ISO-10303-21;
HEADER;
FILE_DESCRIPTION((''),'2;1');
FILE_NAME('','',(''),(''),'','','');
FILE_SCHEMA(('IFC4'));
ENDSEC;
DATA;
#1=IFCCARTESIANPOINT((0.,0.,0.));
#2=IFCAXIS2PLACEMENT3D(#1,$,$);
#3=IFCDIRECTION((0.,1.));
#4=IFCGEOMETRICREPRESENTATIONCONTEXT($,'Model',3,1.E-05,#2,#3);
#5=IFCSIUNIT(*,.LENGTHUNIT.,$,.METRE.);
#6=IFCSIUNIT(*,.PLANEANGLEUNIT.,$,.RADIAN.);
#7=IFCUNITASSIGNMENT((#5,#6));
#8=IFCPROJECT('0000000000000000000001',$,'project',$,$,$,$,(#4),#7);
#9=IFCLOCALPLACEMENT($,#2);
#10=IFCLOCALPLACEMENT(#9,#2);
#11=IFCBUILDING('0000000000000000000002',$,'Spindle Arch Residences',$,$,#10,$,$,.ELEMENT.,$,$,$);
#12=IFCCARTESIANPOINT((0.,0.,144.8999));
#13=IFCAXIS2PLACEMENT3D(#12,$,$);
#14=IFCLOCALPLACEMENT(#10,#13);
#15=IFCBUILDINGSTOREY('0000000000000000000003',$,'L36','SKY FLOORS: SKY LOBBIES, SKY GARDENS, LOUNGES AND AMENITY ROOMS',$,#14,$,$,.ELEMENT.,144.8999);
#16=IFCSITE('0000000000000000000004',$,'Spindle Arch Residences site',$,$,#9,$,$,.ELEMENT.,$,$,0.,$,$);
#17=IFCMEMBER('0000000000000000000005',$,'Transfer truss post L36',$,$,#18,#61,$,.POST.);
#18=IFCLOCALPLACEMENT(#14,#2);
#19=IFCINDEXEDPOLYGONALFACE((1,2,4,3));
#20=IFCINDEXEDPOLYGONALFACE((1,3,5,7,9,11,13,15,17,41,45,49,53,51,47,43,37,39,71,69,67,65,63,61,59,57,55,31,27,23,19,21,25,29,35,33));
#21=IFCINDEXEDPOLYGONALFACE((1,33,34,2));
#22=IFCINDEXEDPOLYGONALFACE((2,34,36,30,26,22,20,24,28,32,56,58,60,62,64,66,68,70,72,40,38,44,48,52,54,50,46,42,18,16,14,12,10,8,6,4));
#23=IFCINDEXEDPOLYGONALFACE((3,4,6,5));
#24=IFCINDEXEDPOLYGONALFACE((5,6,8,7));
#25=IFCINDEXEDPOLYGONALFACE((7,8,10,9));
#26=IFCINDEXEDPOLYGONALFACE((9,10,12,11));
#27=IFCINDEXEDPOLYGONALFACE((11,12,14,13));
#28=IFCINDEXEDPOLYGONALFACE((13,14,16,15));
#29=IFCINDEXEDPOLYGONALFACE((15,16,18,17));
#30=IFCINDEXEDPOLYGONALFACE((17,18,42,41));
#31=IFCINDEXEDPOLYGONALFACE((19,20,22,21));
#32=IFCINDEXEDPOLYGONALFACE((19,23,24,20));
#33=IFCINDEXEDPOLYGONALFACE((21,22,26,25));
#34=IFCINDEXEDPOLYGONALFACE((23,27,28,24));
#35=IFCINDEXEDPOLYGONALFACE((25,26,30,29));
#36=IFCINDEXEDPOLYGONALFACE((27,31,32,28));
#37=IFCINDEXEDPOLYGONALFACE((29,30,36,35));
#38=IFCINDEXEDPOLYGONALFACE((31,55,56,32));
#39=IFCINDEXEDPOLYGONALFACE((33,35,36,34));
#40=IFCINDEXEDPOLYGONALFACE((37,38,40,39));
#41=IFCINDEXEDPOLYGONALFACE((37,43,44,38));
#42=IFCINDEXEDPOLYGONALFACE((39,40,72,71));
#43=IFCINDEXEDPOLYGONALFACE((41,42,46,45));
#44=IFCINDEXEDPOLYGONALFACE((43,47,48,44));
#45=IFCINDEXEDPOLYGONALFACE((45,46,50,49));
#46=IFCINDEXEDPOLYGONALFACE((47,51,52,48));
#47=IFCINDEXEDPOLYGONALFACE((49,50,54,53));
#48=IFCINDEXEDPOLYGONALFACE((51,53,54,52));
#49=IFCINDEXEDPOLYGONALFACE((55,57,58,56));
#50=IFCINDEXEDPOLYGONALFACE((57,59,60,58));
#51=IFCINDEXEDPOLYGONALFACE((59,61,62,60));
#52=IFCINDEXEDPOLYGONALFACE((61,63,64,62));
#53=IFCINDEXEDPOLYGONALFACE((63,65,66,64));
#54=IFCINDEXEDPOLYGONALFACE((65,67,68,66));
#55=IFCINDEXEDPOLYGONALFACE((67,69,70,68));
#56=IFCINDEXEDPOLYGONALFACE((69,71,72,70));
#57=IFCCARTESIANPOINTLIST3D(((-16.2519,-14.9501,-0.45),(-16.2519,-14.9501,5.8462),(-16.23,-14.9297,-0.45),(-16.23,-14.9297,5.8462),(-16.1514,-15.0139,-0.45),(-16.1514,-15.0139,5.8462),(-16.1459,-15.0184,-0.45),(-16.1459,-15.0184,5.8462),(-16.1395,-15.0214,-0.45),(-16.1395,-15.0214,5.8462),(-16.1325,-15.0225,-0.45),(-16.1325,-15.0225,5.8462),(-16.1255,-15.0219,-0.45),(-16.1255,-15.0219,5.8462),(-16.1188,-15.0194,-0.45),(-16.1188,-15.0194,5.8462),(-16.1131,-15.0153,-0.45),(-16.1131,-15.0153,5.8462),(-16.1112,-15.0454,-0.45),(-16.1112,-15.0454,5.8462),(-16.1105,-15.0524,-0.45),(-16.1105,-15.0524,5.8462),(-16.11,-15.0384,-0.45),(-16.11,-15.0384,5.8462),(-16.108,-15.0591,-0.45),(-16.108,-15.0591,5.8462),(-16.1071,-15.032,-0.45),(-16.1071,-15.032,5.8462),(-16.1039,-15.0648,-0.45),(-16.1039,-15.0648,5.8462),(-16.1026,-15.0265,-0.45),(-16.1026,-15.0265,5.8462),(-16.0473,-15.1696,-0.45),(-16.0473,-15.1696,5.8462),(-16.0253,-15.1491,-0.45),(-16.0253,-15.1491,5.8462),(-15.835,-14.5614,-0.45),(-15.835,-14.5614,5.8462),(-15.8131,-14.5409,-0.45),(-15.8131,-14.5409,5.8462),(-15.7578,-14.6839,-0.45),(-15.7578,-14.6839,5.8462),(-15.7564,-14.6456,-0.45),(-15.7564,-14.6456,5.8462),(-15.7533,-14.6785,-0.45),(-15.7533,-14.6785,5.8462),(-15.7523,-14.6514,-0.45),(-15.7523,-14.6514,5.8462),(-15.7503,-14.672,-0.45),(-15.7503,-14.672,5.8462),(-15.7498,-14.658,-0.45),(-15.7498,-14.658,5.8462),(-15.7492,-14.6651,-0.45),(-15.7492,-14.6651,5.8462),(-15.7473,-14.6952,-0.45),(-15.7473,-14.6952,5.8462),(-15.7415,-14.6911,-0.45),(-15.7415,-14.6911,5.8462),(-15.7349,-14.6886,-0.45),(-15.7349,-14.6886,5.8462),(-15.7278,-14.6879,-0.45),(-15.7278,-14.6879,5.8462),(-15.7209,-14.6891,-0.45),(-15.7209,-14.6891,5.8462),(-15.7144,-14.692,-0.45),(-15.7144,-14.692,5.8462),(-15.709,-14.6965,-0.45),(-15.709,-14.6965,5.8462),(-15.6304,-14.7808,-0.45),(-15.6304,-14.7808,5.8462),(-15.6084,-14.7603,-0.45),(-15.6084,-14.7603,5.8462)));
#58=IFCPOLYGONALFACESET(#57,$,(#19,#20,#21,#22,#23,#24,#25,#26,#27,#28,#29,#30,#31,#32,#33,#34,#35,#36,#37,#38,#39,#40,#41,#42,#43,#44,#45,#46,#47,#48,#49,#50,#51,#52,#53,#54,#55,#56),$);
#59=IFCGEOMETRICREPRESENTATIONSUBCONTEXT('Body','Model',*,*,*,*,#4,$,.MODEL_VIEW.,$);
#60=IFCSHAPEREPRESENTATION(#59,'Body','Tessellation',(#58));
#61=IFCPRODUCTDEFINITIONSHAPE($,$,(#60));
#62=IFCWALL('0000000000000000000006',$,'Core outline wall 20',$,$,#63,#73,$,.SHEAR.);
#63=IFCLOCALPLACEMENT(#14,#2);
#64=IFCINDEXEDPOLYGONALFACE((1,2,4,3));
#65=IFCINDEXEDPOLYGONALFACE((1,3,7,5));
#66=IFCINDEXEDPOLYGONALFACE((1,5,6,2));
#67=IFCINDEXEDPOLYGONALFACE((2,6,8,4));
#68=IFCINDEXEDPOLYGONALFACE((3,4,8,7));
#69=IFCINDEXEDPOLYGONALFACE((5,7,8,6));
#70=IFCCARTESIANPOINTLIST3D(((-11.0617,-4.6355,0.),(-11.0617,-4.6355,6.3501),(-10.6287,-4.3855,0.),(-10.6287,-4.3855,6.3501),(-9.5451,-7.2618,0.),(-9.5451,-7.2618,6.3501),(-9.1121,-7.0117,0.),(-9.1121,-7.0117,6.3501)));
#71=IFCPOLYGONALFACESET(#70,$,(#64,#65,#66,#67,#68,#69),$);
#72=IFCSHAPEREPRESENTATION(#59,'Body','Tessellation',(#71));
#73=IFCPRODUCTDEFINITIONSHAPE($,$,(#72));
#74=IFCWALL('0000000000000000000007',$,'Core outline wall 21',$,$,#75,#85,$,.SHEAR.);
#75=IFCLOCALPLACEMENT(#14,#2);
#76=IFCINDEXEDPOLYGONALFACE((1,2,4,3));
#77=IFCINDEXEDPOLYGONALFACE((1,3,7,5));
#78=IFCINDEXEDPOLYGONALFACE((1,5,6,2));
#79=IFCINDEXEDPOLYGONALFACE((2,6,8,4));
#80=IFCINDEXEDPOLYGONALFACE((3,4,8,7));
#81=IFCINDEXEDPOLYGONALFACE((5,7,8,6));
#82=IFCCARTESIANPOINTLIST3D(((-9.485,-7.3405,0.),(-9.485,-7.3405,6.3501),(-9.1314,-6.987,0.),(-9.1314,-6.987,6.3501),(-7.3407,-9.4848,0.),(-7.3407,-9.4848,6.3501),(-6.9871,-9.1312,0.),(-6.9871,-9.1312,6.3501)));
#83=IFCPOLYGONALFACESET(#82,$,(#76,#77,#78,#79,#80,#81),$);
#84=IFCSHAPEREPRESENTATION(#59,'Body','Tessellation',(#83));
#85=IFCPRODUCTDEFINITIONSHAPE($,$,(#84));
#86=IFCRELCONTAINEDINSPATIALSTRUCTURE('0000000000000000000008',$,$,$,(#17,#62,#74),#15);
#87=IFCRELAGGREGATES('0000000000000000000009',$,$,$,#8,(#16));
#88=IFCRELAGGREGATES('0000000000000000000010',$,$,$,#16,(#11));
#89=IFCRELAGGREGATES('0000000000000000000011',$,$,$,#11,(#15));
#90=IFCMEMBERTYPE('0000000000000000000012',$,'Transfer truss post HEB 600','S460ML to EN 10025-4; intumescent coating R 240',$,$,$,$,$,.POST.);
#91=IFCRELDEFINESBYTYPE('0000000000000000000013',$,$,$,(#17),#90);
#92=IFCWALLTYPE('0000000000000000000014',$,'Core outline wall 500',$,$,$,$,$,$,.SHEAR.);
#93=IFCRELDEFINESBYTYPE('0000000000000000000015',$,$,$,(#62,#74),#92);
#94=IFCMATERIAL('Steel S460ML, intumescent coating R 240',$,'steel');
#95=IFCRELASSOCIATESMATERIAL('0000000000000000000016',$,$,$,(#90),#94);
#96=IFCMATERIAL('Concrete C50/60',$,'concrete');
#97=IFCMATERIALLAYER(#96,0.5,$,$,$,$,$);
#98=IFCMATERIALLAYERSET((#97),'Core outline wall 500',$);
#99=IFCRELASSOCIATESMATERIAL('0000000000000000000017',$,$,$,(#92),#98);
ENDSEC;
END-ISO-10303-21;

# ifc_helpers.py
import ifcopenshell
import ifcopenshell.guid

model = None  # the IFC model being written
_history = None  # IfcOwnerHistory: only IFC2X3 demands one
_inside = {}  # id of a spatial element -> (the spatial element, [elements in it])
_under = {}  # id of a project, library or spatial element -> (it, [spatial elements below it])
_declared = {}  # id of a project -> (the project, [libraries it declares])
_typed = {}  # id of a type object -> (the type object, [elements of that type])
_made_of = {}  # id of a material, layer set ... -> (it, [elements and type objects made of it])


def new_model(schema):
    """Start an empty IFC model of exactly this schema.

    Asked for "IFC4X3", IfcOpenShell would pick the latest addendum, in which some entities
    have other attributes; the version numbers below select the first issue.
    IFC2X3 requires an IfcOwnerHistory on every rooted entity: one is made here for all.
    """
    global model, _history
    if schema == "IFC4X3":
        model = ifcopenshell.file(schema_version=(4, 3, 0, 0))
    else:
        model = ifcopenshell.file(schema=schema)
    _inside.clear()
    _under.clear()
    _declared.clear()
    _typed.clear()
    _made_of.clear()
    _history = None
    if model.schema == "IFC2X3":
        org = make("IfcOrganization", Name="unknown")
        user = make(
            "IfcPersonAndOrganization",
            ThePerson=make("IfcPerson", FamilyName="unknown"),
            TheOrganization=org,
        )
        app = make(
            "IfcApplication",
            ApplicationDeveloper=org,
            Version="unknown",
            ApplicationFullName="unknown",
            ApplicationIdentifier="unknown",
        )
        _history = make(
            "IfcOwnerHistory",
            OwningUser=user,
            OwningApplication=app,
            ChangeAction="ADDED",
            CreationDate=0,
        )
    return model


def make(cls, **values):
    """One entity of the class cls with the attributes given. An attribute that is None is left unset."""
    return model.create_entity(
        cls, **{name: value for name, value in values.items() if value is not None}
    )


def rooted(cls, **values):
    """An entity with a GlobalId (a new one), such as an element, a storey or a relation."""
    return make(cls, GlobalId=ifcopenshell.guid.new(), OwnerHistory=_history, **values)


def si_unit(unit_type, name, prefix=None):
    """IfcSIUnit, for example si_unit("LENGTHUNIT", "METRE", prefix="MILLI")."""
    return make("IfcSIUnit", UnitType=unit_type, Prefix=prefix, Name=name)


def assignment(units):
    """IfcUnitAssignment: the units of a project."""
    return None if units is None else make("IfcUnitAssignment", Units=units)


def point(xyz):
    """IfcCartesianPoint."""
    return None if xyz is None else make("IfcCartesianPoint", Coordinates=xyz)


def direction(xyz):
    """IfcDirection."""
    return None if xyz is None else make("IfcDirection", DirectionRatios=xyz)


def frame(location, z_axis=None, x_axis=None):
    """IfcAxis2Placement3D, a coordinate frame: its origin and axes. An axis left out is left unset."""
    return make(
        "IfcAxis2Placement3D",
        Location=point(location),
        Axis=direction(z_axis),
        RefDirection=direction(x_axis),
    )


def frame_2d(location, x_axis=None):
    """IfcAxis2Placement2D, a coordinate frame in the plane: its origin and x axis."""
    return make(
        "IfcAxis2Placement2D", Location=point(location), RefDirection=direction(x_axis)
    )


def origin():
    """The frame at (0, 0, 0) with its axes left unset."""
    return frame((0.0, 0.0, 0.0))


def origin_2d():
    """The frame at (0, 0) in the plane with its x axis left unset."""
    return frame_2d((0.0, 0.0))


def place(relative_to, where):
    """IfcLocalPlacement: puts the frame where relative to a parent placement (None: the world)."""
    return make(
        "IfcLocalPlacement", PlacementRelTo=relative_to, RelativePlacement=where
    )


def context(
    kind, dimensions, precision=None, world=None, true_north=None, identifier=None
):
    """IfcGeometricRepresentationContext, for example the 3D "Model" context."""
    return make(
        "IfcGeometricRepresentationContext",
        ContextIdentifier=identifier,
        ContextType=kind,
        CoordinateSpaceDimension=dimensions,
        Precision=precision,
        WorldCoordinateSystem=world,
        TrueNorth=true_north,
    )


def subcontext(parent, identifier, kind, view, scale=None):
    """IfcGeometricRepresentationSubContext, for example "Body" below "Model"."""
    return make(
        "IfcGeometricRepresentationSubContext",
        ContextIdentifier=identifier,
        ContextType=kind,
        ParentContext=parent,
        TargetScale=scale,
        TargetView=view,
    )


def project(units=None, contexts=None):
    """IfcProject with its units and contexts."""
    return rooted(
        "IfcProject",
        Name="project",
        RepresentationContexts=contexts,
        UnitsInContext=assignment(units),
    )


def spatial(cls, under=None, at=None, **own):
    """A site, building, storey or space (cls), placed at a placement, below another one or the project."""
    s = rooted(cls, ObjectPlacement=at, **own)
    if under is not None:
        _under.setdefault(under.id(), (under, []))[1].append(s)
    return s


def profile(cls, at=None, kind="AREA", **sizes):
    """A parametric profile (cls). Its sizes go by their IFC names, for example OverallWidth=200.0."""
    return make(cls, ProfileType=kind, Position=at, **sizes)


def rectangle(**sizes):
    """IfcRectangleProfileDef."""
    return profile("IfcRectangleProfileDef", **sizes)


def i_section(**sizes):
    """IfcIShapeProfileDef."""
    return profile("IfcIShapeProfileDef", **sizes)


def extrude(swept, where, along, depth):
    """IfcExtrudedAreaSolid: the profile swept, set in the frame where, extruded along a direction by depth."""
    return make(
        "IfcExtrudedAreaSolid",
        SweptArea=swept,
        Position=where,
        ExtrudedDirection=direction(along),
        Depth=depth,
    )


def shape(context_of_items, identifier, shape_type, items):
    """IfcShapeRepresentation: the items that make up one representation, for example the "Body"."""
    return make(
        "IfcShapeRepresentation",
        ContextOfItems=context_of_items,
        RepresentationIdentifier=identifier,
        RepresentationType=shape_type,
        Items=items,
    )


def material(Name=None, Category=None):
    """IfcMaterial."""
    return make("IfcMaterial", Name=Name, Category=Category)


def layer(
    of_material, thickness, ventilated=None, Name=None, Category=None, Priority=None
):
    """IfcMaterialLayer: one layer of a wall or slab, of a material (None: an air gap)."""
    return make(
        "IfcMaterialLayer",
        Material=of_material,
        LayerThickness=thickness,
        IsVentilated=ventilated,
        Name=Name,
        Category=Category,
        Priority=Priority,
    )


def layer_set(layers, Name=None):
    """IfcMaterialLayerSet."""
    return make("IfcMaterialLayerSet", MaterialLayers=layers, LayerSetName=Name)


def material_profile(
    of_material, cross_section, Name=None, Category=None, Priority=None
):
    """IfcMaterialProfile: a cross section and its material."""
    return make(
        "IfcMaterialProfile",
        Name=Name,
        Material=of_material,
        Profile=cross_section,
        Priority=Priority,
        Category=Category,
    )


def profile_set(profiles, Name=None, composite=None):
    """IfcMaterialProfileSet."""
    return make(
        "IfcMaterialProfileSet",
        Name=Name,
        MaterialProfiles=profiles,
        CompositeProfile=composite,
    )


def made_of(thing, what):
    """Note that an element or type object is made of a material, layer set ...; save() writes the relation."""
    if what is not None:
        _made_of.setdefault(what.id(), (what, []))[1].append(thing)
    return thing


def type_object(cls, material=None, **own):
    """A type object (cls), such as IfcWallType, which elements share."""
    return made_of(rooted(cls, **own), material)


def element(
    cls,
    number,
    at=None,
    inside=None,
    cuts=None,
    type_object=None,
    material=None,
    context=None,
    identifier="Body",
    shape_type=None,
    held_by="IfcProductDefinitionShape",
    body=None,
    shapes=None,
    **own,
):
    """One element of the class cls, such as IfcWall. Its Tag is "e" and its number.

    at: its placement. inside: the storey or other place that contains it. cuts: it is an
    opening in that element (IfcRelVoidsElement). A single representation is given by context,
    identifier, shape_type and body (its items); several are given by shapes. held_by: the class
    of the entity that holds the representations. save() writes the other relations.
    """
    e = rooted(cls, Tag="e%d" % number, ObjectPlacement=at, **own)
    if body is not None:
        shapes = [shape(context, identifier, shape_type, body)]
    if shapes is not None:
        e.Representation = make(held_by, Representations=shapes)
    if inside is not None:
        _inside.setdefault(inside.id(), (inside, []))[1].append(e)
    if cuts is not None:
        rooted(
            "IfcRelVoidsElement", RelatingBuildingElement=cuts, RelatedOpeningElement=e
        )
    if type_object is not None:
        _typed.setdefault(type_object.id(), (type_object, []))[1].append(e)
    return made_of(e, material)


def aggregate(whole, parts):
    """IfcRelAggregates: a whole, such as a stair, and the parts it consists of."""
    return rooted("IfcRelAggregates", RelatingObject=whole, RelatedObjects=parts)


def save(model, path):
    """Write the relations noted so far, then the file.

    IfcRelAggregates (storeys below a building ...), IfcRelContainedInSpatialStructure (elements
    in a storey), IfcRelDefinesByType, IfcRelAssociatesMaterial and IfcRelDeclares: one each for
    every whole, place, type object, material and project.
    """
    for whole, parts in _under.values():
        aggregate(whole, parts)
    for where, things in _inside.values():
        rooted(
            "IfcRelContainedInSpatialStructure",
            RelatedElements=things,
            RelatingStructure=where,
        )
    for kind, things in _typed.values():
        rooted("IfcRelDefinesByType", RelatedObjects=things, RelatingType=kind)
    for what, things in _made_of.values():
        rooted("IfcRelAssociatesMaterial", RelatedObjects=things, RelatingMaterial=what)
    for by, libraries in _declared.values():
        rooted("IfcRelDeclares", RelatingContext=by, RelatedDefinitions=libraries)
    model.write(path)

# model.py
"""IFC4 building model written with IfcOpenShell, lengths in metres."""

from ifc_helpers import new_model, si_unit, direction, frame, frame_2d, origin, origin_2d, place, context, subcontext, project, spatial, rectangle, i_section, extrude, material, layer, layer_set, material_profile, profile_set, type_object, element, save


model = new_model("IFC4")

# Units and contexts
model_context = context("Model", 3, precision=1e-05, world=origin(), true_north=direction((0.0, 1.0)))
body_context = subcontext(model_context, "Body", "Model", "MODEL_VIEW")
ifc_project = project(units=[si_unit("LENGTHUNIT", "METRE"), si_unit("PLANEANGLEUNIT", "RADIAN")], contexts=[model_context])

# Site, building, storey
site_placement = place(None, origin())
site = spatial("IfcSite", under=ifc_project, at=site_placement, Name="Spindle Arch Residences site", CompositionType="ELEMENT", RefElevation=0.0)
building_placement = place(site_placement, origin())
building = spatial("IfcBuilding", under=site, at=building_placement, Name="Spindle Arch Residences", CompositionType="ELEMENT")
storey_placement = place(building_placement, frame((0.0, 0.0, 144.8999)))
storey = spatial("IfcBuildingStorey", under=building, at=storey_placement, Name="L36", Description="SKY FLOORS: SKY LOBBIES, SKY GARDENS, LOUNGES AND AMENITY ROOMS", CompositionType="ELEMENT", Elevation=144.8999)

# Member
ifc_material_1 = material(Name="Steel S460ML, intumescent coating R 240", Category="steel")
ifc_material_profile_1 = material_profile(ifc_material_1, i_section(OverallWidth=0.3, OverallDepth=0.6001, WebThickness=0.0154, FlangeThickness=0.03, FilletRadius=0.0271, at=origin_2d()), Name="HEB 600")
ifc_profile_set_1 = profile_set([ifc_material_profile_1], Name="Steel S460ML, intumescent coating R 240")
member_type_1 = type_object("IfcMemberType", Name="Transfer truss post HEB 600", Description="S460ML to EN 10025-4; intumescent coating R 240", PredefinedType="POST", material=ifc_profile_set_1)
member_1_placement = place(storey_placement, frame((-15.9302, -14.8552, -0.45), z_axis=(0.0, 0.0, 1.0), x_axis=(-0.682, 0.731353, 0.0)))
element("IfcMember", 1, at=member_1_placement, inside=storey, type_object=member_type_1, Name="Transfer truss post L36", PredefinedType="POST", context=body_context, shape_type="SweptSolid", body=[
    extrude(i_section(OverallWidth=0.3, OverallDepth=0.6001, WebThickness=0.0154, FlangeThickness=0.03, FilletRadius=0.0271, at=origin_2d()), origin(), (0.0, 0.0, 1.0), 6.2961),
])

# Walls
ifc_material_2 = material(Name="Concrete C50/60", Category="concrete")
ifc_layer_1 = layer(ifc_material_2, 0.5)
ifc_layer_set_1 = layer_set([ifc_layer_1], Name="Core outline wall 500")
wall_type_1 = type_object("IfcWallType", Name="Core outline wall 500", PredefinedType="SHEAR", material=ifc_layer_set_1)
wall_1_placement = place(storey_placement, frame((-10.8452, -4.5105, 0.0), z_axis=(0.0, 0.0, 1.0), x_axis=(0.500087, -0.865975, 0.0)))
element("IfcWall", 2, at=wall_1_placement, inside=storey, type_object=wall_type_1, Name="Core outline wall 20", PredefinedType="SHEAR", context=body_context, shape_type="SweptSolid", body=[
    extrude(rectangle(XDim=3.0327, YDim=0.5, at=frame_2d((1.5164, 0.0))), origin(), (0.0, 0.0, 1.0), 6.3501),
])
wall_2_placement = place(storey_placement, frame((-9.3081, -7.1638, 0.0), z_axis=(0.0, 0.0, 1.0), x_axis=(0.707107, -0.707107, 0.0)))
element("IfcWall", 3, at=wall_2_placement, inside=storey, type_object=wall_type_1, Name="Core outline wall 21", PredefinedType="SHEAR", context=body_context, shape_type="SweptSolid", body=[
    extrude(rectangle(XDim=3.0325, YDim=0.5, at=frame_2d((1.5161, 0.0))), origin(), (0.0, 0.0, 1.0), 6.3501),
])

save(model, "model.ifc")
